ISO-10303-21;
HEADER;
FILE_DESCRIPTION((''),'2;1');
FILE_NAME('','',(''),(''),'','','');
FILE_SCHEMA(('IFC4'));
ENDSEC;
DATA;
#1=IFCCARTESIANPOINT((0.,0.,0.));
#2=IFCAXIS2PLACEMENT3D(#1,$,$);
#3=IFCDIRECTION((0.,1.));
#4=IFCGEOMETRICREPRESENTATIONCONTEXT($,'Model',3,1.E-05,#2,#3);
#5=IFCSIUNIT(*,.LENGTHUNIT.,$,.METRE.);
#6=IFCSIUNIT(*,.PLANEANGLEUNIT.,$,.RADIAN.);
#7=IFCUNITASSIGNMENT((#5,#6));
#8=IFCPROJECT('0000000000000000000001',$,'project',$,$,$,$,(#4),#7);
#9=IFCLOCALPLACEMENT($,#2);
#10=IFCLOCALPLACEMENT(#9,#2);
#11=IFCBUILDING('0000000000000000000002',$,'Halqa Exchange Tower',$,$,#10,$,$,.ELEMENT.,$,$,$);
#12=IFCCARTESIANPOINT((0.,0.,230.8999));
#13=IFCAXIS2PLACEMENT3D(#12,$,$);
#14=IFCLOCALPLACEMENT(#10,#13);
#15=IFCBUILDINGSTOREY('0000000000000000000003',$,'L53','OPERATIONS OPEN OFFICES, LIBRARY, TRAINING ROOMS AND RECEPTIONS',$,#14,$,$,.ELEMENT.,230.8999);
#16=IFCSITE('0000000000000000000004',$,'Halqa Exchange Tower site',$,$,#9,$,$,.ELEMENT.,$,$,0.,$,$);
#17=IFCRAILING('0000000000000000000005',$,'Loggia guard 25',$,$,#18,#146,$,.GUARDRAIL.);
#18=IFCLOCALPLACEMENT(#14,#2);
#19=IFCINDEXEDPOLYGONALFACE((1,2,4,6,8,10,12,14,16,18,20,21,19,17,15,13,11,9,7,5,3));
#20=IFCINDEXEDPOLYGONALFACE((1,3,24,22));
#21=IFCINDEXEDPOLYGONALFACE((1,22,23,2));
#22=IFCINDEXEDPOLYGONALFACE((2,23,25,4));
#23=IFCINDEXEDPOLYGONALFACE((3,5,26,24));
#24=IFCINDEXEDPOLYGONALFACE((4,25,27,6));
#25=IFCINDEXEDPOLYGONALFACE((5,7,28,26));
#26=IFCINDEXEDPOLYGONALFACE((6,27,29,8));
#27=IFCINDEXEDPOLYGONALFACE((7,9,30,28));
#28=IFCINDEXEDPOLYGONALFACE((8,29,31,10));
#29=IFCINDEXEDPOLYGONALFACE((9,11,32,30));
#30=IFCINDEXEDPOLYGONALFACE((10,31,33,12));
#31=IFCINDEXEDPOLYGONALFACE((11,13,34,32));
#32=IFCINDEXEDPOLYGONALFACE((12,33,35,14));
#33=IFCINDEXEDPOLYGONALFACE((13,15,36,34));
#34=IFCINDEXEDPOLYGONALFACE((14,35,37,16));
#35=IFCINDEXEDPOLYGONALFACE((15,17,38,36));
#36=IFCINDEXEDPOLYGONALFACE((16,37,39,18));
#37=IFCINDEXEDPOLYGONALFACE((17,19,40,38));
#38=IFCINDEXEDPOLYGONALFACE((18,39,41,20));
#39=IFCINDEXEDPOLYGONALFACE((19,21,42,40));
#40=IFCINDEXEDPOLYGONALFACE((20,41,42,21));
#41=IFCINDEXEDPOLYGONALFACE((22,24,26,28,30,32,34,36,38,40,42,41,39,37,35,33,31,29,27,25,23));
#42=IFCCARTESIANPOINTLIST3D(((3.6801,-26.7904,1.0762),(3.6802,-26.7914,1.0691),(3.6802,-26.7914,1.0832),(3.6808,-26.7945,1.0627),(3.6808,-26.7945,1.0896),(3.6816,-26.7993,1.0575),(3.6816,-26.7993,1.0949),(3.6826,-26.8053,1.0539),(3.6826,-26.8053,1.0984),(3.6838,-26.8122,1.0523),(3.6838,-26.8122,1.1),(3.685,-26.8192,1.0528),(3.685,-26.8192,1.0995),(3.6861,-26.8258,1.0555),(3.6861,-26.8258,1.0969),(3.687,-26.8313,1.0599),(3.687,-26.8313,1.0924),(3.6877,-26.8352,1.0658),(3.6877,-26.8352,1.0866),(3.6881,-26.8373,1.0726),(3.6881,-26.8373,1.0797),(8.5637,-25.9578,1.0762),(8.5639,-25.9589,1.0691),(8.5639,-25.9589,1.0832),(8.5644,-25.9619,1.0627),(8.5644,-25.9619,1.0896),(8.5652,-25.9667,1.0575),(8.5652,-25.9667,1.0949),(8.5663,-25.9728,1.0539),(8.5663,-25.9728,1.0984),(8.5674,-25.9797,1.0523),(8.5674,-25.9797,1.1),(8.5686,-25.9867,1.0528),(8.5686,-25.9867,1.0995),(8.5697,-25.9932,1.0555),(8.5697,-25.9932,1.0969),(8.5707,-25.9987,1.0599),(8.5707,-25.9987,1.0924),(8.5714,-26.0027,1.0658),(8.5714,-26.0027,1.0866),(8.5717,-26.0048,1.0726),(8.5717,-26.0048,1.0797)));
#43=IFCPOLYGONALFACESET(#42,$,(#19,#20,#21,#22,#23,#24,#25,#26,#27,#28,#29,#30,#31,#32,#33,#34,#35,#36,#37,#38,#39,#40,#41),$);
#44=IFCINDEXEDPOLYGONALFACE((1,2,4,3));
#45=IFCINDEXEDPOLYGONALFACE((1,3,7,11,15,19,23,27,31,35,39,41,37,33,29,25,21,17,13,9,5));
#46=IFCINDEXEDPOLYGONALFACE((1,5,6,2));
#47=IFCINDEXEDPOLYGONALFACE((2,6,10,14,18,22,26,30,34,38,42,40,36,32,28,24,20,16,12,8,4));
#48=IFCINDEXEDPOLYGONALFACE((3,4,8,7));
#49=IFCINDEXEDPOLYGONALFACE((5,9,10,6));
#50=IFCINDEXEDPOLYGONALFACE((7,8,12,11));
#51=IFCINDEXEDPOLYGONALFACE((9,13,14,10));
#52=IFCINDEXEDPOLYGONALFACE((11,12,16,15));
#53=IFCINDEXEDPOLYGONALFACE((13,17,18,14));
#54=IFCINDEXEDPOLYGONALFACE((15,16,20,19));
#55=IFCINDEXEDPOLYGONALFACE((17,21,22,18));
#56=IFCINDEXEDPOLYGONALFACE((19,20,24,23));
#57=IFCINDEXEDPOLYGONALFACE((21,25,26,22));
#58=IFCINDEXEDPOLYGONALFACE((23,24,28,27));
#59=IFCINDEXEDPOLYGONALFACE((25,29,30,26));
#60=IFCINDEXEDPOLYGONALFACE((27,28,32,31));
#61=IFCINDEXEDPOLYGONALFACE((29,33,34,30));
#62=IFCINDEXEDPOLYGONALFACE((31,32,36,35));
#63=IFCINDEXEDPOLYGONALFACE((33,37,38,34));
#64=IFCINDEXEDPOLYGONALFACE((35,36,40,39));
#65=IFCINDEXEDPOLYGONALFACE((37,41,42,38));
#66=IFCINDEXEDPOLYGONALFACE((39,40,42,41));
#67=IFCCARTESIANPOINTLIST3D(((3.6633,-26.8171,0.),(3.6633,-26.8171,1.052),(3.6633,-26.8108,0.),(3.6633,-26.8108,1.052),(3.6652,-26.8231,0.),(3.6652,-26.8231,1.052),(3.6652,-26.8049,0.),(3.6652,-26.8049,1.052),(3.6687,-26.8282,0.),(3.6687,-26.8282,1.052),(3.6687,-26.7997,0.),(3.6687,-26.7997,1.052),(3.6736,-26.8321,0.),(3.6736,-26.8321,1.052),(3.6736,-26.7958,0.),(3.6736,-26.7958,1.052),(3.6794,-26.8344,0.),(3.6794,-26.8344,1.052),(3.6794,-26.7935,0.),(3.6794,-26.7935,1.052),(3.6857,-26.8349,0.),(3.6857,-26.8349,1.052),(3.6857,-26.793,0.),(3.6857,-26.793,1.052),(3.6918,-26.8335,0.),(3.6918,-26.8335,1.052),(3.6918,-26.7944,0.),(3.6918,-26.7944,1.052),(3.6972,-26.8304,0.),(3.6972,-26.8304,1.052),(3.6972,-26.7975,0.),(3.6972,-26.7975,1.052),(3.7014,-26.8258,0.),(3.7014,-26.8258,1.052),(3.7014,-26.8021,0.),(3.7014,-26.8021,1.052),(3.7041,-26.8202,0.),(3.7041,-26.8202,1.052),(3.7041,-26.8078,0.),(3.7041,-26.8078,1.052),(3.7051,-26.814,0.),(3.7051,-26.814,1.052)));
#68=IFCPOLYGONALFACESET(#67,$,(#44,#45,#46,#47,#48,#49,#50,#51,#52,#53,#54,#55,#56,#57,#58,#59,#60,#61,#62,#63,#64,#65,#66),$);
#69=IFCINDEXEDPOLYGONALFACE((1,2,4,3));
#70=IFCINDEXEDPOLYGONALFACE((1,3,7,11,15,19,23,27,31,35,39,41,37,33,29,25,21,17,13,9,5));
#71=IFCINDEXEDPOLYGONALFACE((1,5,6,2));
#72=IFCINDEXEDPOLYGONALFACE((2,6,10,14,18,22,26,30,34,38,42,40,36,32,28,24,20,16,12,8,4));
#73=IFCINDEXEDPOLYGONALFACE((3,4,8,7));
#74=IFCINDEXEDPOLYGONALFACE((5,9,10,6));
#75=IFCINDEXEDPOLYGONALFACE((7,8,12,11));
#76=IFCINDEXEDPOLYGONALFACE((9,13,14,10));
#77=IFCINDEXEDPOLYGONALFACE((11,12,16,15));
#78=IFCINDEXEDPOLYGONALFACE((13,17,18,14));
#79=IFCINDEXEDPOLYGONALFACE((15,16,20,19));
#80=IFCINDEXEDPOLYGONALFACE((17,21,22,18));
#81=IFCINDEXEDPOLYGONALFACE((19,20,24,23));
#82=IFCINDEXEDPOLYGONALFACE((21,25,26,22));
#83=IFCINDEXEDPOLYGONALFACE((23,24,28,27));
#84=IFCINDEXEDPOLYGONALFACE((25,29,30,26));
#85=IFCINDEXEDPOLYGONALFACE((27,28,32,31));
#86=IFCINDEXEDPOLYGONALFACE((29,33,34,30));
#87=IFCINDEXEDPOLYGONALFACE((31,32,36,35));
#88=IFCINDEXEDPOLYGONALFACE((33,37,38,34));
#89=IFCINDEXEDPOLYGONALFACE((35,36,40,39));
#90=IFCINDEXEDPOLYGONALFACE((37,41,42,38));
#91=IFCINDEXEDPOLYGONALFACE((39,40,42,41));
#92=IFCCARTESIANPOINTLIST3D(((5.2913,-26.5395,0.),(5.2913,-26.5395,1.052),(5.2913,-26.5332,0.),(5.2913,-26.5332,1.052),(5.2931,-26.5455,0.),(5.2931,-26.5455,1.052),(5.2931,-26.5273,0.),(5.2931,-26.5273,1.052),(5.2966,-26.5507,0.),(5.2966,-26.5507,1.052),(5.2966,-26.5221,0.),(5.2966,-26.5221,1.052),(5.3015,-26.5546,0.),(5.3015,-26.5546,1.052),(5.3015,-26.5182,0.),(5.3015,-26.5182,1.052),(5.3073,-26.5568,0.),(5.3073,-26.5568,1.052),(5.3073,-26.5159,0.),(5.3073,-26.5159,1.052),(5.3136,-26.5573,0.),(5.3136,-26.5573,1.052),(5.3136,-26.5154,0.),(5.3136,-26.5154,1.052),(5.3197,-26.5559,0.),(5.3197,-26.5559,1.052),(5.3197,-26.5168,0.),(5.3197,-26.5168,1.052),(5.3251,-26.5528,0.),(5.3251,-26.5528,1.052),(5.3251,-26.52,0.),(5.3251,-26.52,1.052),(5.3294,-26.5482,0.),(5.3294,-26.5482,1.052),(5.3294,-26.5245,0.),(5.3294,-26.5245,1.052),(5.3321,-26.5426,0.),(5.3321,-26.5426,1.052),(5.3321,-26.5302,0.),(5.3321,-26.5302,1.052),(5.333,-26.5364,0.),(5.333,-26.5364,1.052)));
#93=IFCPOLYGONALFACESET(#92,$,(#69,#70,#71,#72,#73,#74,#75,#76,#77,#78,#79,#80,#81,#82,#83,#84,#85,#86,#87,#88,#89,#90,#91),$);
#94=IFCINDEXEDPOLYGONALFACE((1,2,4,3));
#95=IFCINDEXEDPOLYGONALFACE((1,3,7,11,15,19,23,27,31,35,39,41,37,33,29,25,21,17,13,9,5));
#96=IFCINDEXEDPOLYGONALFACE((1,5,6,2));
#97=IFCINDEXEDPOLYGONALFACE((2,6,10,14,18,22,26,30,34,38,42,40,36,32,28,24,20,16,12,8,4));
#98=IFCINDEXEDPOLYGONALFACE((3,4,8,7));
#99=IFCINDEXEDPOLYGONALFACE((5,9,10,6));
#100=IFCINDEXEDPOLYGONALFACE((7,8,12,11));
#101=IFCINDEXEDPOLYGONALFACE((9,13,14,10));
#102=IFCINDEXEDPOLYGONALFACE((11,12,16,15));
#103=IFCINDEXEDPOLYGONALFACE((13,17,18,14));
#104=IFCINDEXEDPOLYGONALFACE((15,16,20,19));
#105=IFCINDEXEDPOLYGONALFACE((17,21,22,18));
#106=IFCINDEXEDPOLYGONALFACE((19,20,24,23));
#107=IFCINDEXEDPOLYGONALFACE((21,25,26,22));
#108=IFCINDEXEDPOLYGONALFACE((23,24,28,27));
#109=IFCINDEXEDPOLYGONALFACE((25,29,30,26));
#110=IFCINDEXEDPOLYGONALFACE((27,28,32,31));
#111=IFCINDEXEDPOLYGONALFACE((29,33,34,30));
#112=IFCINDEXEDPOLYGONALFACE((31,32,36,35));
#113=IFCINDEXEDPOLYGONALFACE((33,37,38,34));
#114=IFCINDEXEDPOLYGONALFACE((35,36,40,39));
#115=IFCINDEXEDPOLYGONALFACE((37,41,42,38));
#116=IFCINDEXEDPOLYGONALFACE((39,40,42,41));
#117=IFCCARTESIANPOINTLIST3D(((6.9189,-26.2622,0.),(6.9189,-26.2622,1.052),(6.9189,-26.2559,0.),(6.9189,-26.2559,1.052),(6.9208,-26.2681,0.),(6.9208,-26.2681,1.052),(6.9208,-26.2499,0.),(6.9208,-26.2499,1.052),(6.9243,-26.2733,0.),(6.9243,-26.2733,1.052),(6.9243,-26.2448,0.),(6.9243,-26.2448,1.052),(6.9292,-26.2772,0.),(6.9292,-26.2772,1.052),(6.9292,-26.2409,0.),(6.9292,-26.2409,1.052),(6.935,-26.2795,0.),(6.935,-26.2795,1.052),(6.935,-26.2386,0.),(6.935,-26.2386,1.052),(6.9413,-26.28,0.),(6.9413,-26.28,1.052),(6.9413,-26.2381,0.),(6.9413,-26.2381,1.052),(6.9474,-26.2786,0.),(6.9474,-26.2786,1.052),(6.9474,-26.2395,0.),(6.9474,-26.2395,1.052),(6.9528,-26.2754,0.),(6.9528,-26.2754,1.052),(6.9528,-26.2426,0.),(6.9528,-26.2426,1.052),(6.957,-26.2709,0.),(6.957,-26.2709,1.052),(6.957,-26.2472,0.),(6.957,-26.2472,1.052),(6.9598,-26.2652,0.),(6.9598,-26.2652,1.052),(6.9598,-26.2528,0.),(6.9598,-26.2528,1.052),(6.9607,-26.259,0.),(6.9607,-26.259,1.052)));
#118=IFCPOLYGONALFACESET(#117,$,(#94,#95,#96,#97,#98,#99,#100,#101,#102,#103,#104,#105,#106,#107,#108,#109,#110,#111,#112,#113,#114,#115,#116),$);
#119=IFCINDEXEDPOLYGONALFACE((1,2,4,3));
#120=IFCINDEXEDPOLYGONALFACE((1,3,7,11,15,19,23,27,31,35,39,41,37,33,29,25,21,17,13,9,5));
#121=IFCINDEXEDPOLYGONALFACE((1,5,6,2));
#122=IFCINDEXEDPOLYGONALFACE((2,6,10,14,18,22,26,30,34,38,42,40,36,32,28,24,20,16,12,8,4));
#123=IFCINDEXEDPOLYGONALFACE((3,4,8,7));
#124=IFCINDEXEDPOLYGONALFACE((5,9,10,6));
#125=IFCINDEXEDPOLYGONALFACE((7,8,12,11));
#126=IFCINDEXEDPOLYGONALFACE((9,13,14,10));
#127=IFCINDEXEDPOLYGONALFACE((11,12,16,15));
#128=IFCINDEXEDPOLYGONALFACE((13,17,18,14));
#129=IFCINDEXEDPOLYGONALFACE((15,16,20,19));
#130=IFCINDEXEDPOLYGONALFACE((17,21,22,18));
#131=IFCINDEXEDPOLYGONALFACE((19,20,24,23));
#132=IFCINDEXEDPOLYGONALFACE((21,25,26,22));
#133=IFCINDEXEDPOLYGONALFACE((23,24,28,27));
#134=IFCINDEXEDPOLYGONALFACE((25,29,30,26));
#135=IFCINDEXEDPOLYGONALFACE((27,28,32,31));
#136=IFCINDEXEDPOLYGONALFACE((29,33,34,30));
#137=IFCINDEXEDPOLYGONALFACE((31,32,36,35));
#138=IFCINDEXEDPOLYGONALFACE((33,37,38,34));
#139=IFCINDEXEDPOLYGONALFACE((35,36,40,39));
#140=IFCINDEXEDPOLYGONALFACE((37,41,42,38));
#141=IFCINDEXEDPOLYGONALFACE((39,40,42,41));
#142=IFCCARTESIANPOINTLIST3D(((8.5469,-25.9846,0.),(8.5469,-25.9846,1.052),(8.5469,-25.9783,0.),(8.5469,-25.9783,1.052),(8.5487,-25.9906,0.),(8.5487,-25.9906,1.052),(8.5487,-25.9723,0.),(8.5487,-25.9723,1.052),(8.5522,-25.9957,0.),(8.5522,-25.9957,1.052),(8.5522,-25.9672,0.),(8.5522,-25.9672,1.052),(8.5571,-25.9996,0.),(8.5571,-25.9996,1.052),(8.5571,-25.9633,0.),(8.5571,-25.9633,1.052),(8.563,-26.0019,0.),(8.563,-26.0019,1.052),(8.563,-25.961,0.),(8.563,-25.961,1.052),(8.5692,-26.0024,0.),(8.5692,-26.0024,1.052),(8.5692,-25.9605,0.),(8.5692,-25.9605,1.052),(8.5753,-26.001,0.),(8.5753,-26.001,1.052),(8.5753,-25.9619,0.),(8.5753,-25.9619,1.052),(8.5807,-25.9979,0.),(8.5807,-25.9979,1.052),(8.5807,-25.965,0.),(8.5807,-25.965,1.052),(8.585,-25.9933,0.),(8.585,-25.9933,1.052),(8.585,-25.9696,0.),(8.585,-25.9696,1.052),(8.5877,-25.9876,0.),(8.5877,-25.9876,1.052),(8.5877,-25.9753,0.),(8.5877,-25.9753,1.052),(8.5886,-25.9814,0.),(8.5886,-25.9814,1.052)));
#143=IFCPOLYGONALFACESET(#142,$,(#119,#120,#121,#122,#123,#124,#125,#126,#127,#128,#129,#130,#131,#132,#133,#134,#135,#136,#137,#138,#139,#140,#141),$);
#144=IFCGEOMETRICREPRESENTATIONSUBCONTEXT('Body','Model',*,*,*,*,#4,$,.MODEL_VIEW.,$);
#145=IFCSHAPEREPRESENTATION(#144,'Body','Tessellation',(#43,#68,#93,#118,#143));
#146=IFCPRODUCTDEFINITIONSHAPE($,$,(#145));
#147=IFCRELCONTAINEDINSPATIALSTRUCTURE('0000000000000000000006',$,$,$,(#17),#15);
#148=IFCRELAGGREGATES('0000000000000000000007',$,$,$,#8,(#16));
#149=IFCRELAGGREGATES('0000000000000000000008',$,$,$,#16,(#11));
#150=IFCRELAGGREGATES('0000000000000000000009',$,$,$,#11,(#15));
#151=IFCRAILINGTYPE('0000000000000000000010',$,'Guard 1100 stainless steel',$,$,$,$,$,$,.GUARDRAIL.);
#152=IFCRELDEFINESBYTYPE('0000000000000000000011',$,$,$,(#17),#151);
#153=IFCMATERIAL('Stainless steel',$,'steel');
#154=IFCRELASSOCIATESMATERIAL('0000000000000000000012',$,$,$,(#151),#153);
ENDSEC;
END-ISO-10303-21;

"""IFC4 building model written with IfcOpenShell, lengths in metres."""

from ifc_helpers import new_model, si_unit, direction, frame, origin, origin_2d, place, context, subcontext, project, spatial, circle, extrude, material, type_object, element, save


model = new_model("IFC4")

# Units and contexts
model_context = context("Model", 3, precision=1e-05, world=origin(), true_north=direction((0.0, 1.0)))
body_context = subcontext(model_context, "Body", "Model", "MODEL_VIEW")
ifc_project = project(units=[si_unit("LENGTHUNIT", "METRE"), si_unit("PLANEANGLEUNIT", "RADIAN")], contexts=[model_context])

# Site, building, storey
site_placement = place(None, origin())
site = spatial("IfcSite", under=ifc_project, at=site_placement, Name="Halqa Exchange Tower site", CompositionType="ELEMENT", RefElevation=0.0)
building_placement = place(site_placement, origin())
building = spatial("IfcBuilding", under=site, at=building_placement, Name="Halqa Exchange Tower", CompositionType="ELEMENT")
storey_placement = place(building_placement, frame((0.0, 0.0, 230.8999)))
storey = spatial("IfcBuildingStorey", under=building, at=storey_placement, Name="L53", Description="OPERATIONS OPEN OFFICES, LIBRARY, TRAINING ROOMS AND RECEPTIONS", CompositionType="ELEMENT", Elevation=230.8999)

# Railing
ifc_material_1 = material(Name="Stainless steel", Category="steel")
railing_type = type_object("IfcRailingType", Name="Guard 1100 stainless steel", PredefinedType="GUARDRAIL", material=ifc_material_1)
railing_1_placement = place(storey_placement, frame((3.6841, -26.814, 0.0)))
element("IfcRailing", 1, at=railing_1_placement, inside=storey, type_object=railing_type, Name="Loggia guard 25", PredefinedType="GUARDRAIL", context=body_context, shape_type="SweptSolid", body=[
    extrude(circle(Radius=0.0239, at=origin_2d()), frame((0.0, 0.0, 1.0762), z_axis=(0.985778, 0.16805, 0.0), x_axis=(-0.16805, 0.985778, 0.0)), (0.0, 0.0, 1.0), 4.9541),
    extrude(circle(Radius=0.021, at=origin_2d()), origin(), (0.0, 0.0, 1.0), 1.052),
    extrude(circle(Radius=0.021, at=origin_2d()), frame((1.6279, 0.2776, 0.0)), (0.0, 0.0, 1.0), 1.052),
    extrude(circle(Radius=0.021, at=origin_2d()), frame((3.2556, 0.5549, 0.0)), (0.0, 0.0, 1.0), 1.052),
    extrude(circle(Radius=0.021, at=origin_2d()), frame((4.8835, 0.8325, 0.0)), (0.0, 0.0, 1.0), 1.052),
])

save(model, "model.ifc")
